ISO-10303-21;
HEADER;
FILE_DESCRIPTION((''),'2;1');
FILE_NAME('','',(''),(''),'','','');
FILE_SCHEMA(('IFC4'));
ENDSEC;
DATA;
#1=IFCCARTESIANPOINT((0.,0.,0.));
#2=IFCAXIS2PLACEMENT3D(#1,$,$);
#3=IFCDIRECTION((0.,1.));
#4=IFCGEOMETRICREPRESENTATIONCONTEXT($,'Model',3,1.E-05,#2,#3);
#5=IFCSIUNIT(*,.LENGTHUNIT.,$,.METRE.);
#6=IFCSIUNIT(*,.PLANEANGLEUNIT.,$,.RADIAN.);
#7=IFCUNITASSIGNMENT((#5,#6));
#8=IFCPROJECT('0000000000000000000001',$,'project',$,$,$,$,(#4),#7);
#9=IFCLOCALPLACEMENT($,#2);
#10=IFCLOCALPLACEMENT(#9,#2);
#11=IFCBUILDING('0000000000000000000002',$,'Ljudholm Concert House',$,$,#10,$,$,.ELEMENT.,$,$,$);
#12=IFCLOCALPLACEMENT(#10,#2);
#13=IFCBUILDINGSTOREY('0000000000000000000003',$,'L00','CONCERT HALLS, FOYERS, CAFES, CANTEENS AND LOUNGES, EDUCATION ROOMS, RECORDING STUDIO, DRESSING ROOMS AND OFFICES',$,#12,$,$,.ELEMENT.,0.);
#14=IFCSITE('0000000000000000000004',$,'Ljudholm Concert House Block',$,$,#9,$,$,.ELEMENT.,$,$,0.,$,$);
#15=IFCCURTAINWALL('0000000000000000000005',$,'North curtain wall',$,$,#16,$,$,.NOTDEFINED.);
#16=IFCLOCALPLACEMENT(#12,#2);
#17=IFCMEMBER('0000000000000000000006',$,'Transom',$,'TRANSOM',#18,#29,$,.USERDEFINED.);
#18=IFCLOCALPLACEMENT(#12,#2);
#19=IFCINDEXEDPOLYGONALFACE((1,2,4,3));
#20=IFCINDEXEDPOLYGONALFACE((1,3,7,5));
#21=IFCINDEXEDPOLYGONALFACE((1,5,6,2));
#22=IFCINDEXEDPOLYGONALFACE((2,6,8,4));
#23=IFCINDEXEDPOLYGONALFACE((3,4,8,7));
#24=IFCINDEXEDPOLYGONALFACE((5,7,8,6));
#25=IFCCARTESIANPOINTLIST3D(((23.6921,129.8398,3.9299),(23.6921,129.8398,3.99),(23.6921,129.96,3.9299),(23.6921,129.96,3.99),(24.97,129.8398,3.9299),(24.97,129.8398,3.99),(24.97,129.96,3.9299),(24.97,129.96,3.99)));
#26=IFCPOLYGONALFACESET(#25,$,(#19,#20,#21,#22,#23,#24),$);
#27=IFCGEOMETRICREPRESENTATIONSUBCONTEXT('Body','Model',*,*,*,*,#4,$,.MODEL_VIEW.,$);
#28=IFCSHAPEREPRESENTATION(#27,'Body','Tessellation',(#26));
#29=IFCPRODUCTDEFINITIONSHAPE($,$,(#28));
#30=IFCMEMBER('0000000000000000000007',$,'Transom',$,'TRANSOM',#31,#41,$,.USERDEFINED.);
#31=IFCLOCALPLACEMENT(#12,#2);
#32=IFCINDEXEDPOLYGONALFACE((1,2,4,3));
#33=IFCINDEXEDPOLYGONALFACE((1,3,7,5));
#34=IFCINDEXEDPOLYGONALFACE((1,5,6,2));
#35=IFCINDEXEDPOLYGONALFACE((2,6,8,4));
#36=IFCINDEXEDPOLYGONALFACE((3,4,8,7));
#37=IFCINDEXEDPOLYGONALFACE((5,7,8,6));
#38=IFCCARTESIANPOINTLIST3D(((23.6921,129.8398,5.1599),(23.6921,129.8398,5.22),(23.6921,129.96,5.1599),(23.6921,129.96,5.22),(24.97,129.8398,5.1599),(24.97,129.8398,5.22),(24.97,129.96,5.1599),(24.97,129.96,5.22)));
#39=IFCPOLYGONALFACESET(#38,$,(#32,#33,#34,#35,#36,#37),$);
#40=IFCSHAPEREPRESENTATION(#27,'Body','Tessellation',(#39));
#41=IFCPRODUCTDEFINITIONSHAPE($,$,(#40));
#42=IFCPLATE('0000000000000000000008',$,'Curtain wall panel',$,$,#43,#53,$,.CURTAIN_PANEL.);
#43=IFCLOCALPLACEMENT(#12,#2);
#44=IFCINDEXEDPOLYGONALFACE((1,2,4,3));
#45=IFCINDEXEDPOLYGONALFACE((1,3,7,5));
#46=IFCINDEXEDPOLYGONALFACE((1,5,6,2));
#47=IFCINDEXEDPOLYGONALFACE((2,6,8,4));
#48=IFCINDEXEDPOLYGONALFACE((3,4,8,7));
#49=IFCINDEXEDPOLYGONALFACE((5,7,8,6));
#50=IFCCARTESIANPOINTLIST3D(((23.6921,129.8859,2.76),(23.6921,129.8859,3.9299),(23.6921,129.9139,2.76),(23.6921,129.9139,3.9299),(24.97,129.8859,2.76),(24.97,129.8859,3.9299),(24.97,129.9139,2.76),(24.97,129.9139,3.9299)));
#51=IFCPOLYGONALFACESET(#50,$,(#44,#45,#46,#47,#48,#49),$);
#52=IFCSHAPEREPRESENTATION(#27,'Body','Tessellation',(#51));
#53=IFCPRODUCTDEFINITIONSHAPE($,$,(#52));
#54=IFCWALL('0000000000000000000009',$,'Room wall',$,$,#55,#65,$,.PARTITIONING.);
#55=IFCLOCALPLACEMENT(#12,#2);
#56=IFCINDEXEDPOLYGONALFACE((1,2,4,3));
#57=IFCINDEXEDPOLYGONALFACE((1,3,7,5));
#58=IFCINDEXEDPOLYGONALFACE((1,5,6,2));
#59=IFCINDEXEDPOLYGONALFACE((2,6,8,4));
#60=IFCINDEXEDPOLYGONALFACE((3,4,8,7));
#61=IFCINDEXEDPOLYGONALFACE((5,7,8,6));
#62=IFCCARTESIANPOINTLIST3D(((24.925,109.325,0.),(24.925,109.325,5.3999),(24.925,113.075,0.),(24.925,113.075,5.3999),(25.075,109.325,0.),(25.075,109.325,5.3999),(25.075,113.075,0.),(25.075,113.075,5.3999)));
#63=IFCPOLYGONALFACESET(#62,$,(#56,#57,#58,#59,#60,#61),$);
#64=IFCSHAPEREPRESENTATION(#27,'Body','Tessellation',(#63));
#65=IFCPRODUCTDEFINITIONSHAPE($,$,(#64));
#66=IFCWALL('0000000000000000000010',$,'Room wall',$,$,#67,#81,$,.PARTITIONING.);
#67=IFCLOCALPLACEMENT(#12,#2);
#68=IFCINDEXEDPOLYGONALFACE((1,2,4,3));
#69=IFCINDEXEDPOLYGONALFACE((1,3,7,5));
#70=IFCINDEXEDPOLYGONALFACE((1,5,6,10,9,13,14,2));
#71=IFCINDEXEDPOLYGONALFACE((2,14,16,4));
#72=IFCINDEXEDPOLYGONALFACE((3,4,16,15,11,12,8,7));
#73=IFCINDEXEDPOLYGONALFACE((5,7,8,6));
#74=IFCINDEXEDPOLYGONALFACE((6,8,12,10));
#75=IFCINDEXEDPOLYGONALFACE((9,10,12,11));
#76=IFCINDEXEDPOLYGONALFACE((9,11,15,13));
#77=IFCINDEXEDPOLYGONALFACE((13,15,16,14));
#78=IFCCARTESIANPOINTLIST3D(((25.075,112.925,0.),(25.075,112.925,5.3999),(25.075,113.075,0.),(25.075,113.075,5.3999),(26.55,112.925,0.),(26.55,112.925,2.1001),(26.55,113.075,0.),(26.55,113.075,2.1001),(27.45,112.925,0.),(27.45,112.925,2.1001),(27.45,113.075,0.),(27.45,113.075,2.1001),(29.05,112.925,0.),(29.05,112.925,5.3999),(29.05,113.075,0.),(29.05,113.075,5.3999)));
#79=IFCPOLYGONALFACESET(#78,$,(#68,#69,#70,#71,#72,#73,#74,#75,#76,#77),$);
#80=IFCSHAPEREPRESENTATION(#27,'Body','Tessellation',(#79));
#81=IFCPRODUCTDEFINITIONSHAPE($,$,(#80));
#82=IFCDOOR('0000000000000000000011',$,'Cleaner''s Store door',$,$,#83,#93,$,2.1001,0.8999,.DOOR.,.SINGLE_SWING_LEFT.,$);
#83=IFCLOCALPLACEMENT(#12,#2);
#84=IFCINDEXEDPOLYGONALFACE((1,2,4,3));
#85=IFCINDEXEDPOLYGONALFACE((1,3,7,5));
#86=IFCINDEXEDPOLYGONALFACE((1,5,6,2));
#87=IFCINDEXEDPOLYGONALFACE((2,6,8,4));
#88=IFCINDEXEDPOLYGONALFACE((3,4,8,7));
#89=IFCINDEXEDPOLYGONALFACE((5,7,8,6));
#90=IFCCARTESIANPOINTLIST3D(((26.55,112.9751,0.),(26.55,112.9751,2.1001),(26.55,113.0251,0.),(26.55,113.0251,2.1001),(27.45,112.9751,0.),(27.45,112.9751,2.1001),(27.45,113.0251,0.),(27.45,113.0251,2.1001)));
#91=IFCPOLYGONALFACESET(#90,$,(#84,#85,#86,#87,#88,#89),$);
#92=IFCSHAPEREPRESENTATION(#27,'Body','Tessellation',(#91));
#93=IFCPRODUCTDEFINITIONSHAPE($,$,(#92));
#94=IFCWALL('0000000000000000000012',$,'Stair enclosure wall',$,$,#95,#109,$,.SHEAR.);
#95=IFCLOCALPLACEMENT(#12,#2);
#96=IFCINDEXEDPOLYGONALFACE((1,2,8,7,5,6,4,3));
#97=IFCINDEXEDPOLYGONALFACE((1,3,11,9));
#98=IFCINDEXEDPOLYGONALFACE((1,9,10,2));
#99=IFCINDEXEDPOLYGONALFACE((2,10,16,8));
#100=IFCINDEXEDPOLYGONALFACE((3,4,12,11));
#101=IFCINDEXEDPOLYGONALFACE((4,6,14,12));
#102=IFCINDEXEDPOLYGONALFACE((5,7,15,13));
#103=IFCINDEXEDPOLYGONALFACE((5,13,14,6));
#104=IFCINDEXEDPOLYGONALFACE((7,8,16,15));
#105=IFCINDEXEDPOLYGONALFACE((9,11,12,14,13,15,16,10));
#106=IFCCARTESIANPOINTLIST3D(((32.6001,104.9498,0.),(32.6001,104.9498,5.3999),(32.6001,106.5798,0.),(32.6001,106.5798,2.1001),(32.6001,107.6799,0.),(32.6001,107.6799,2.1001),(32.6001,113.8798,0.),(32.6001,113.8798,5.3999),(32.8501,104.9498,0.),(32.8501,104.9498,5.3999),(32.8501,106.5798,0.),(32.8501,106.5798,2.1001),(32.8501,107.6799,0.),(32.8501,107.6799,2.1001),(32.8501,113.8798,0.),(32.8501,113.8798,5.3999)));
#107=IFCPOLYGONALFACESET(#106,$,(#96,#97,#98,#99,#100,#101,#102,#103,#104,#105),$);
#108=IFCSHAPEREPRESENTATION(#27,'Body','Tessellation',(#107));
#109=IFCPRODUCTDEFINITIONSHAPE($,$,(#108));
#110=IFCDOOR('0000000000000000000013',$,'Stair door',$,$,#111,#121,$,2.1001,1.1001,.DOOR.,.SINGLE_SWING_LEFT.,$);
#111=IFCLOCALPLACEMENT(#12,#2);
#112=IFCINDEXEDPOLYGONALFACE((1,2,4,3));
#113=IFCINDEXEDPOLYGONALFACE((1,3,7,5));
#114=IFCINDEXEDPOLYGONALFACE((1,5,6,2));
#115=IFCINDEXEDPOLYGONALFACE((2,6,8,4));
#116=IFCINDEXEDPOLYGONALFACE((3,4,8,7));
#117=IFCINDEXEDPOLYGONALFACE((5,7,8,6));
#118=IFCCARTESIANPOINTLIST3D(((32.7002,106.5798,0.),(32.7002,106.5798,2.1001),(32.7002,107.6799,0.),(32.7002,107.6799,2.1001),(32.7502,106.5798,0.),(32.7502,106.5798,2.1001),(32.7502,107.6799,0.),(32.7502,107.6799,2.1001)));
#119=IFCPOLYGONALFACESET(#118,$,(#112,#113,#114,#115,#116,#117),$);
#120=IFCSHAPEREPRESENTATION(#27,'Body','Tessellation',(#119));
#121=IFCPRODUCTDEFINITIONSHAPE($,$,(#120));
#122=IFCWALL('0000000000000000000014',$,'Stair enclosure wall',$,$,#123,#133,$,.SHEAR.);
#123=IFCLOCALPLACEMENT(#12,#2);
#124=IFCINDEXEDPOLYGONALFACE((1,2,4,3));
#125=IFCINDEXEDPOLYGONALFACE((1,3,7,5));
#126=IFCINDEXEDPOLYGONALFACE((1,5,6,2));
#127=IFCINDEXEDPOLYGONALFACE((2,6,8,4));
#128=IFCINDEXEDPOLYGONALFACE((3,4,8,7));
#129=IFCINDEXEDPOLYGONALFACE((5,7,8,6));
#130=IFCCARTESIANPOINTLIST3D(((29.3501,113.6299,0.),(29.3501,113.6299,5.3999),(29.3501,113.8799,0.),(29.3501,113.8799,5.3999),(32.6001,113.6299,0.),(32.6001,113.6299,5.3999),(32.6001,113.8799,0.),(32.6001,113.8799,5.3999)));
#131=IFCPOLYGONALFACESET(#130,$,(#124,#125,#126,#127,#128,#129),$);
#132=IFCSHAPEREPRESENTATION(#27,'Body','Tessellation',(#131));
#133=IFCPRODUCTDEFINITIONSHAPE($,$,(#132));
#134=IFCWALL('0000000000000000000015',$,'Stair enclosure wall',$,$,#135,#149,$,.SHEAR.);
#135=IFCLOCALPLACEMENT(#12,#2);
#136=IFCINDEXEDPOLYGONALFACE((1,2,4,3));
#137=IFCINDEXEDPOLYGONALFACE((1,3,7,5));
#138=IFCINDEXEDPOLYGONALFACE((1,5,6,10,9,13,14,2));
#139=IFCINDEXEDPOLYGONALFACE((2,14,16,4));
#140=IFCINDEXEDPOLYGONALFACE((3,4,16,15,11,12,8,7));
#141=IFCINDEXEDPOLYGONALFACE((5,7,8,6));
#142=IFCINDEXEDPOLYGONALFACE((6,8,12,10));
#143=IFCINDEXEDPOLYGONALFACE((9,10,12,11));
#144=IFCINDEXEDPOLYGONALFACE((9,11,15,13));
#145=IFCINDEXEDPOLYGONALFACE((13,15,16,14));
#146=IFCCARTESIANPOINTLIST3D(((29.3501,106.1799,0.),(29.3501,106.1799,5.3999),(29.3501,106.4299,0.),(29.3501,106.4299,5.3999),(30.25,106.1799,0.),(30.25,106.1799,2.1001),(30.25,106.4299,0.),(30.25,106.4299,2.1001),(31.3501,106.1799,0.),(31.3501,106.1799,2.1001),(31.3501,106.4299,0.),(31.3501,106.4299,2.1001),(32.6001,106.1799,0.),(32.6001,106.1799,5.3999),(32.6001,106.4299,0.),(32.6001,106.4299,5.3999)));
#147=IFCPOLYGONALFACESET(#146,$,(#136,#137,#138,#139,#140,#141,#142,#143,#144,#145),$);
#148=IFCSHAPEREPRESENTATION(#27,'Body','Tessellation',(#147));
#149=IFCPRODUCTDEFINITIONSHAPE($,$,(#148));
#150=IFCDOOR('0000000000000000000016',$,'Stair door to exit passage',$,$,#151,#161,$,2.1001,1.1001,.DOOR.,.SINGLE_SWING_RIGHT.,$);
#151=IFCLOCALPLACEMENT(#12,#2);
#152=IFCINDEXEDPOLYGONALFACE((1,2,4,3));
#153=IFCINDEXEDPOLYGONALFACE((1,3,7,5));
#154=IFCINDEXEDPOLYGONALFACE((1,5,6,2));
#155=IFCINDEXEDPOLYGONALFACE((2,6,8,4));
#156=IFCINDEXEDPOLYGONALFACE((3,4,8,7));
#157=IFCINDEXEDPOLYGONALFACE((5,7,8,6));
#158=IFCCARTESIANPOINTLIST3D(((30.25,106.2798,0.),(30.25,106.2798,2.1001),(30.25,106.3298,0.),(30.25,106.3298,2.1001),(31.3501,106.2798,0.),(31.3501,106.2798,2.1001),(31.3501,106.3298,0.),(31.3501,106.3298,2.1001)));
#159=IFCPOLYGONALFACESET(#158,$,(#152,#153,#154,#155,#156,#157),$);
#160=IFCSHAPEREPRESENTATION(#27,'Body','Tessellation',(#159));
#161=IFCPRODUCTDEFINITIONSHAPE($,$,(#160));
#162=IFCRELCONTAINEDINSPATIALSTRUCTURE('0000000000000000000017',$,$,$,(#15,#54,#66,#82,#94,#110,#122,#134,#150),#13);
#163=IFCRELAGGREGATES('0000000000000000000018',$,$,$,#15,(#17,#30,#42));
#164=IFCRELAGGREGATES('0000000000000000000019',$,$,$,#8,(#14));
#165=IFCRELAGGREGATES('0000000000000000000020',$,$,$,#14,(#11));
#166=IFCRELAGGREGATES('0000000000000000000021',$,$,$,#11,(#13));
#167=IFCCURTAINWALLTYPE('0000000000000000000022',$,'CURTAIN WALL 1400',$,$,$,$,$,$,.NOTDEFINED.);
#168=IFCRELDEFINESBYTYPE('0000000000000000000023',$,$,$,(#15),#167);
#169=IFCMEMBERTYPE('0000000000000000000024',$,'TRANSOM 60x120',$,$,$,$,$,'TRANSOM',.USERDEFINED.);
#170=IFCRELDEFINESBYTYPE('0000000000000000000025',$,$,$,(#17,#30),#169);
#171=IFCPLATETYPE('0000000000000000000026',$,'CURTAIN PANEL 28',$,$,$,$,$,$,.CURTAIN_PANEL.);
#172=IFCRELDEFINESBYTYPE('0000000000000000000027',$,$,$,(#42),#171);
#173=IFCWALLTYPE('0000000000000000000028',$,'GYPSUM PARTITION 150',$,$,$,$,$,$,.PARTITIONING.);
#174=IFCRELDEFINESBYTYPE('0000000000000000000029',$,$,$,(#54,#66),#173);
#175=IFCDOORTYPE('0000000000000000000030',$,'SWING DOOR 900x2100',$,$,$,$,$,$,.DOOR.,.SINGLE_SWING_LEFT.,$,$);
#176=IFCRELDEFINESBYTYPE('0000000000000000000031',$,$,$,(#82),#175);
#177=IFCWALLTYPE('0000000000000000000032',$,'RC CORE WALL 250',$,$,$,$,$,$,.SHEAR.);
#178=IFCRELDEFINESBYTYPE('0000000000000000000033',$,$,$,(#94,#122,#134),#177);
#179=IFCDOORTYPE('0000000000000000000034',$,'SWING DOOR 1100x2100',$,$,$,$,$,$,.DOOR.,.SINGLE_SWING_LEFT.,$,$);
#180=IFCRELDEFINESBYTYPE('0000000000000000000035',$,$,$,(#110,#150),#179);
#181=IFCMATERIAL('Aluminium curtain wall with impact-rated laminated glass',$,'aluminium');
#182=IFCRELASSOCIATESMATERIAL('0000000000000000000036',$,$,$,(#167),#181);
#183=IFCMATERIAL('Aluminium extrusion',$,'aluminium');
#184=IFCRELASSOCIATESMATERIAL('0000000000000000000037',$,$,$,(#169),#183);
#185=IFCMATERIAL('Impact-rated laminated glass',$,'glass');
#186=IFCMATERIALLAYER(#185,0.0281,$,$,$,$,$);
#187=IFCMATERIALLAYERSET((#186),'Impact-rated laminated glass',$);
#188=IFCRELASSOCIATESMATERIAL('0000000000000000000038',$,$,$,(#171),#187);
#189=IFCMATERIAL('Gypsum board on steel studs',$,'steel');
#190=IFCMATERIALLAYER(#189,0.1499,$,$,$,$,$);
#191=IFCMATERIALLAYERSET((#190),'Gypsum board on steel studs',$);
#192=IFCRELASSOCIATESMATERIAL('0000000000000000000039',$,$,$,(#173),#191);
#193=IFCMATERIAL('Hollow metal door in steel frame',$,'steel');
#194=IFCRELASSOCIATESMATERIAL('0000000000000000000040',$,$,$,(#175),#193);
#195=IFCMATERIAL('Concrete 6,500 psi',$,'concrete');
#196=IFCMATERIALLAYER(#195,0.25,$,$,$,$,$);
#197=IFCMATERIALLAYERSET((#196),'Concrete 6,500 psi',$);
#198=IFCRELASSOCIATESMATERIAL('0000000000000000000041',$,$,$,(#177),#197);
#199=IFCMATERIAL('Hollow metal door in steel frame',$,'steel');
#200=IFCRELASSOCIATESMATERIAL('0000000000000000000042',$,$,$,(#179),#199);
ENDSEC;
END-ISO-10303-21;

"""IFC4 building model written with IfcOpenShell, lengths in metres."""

from ifc_helpers import new_model, si_unit, direction, frame, frame_2d, origin, origin_2d, place, context, subcontext, project, spatial, rectangle, extrude, material, layer, layer_set, material_profile, profile_set, type_object, element, fill, aggregate, save


model = new_model("IFC4")

# Units and contexts
model_context = context("Model", 3, precision=1e-05, world=origin(), true_north=direction((0.0, 1.0)))
body_context = subcontext(model_context, "Body", "Model", "MODEL_VIEW")
ifc_project = project(units=[si_unit("LENGTHUNIT", "METRE"), si_unit("PLANEANGLEUNIT", "RADIAN")], contexts=[model_context])

# Site, building, storey
site_placement = place(None, origin())
site = spatial("IfcSite", under=ifc_project, at=site_placement, Name="Ljudholm Concert House Block", CompositionType="ELEMENT", RefElevation=0.0)
building_placement = place(site_placement, origin())
building = spatial("IfcBuilding", under=site, at=building_placement, Name="Ljudholm Concert House", CompositionType="ELEMENT")
storey_placement = place(building_placement, origin())
storey = spatial("IfcBuildingStorey", under=building, at=storey_placement, Name="L00", Description="CONCERT HALLS, FOYERS, CAFES, CANTEENS AND LOUNGES, EDUCATION ROOMS, RECORDING STUDIO, DRESSING ROOMS AND OFFICES", CompositionType="ELEMENT", Elevation=0.0)

# Curtain wall, members, plate
ifc_material_1 = material(Name="Aluminium curtain wall with impact-rated laminated glass", Category="aluminium")
curtain_wall_type = type_object("IfcCurtainWallType", Name="CURTAIN WALL 1400", PredefinedType="NOTDEFINED", material=ifc_material_1)
curtain_wall_placement = place(storey_placement, origin())
curtain_wall = element("IfcCurtainWall", 1, at=curtain_wall_placement, inside=storey, type_object=curtain_wall_type, Name="North curtain wall", PredefinedType="NOTDEFINED")
ifc_material_2 = material(Name="Aluminium extrusion", Category="aluminium")
ifc_material_profile_1 = material_profile(ifc_material_2, rectangle(XDim=0.1201, YDim=0.0601, at=origin_2d()), Name="TRANSOM 60x120")
ifc_profile_set_1 = profile_set([ifc_material_profile_1], Name="Aluminium extrusion")
member_type = type_object("IfcMemberType", Name="TRANSOM 60x120", ElementType="TRANSOM", PredefinedType="USERDEFINED", material=ifc_profile_set_1)
member_1_placement = place(storey_placement, frame((23.6921, 129.8999, 3.96), z_axis=(1.0, 0.0, 0.0), x_axis=(0.0, 1.0, 0.0)))
member_1 = element("IfcMember", 2, at=member_1_placement, type_object=member_type, Name="Transom", ObjectType="TRANSOM", PredefinedType="USERDEFINED", context=body_context, shape_type="SweptSolid", body=[
    extrude(rectangle(XDim=0.1201, YDim=0.0601, at=origin_2d()), origin(), (0.0, 0.0, 1.0), 1.2778),
])
member_2_placement = place(storey_placement, frame((23.6921, 129.8999, 5.1899), z_axis=(1.0, 0.0, 0.0), x_axis=(0.0, 1.0, 0.0)))
member_2 = element("IfcMember", 3, at=member_2_placement, type_object=member_type, Name="Transom", ObjectType="TRANSOM", PredefinedType="USERDEFINED", context=body_context, shape_type="SweptSolid", body=[
    extrude(rectangle(XDim=0.1201, YDim=0.0601, at=origin_2d()), origin(), (0.0, 0.0, 1.0), 1.2778),
])
ifc_material_3 = material(Name="Impact-rated laminated glass", Category="glass")
ifc_layer_1 = layer(ifc_material_3, 0.0281)
ifc_layer_set_1 = layer_set([ifc_layer_1], Name="Impact-rated laminated glass")
plate_type = type_object("IfcPlateType", Name="CURTAIN PANEL 28", PredefinedType="CURTAIN_PANEL", material=ifc_layer_set_1)
plate_placement = place(storey_placement, frame((24.3311, 129.8999, 2.76), z_axis=(0.0, 0.0, 1.0), x_axis=(1.0, 0.0, 0.0)))
plate = element("IfcPlate", 4, at=plate_placement, type_object=plate_type, Name="Curtain wall panel", PredefinedType="CURTAIN_PANEL", context=body_context, shape_type="SweptSolid", body=[
    extrude(rectangle(XDim=1.2778, YDim=0.0281, at=origin_2d()), origin(), (0.0, 0.0, 1.0), 1.1699),
])
aggregate(curtain_wall, [member_1, member_2, plate])

# Wall
ifc_material_4 = material(Name="Gypsum board on steel studs", Category="steel")
ifc_layer_2 = layer(ifc_material_4, 0.1499)
ifc_layer_set_2 = layer_set([ifc_layer_2], Name="Gypsum board on steel studs")
wall_type_1 = type_object("IfcWallType", Name="GYPSUM PARTITION 150", PredefinedType="PARTITIONING", material=ifc_layer_set_2)
wall_1_placement = place(storey_placement, frame((25.0, 109.325, 0.0), z_axis=(0.0, 0.0, 1.0), x_axis=(0.0, 1.0, 0.0)))
element("IfcWall", 5, at=wall_1_placement, inside=storey, type_object=wall_type_1, Name="Room wall", PredefinedType="PARTITIONING", context=body_context, shape_type="SweptSolid", body=[
    extrude(rectangle(XDim=3.75, YDim=0.1499, at=frame_2d((1.875, 0.0))), origin(), (0.0, 0.0, 1.0), 5.3999),
])

# Walls, openings, doors
wall_2_placement = place(storey_placement, frame((25.075, 113.0, 0.0), z_axis=(0.0, 0.0, 1.0), x_axis=(1.0, 0.0, 0.0)))
wall_2 = element("IfcWall", 6, at=wall_2_placement, inside=storey, type_object=wall_type_1, Name="Room wall", PredefinedType="PARTITIONING", context=body_context, shape_type="SweptSolid", body=[
    extrude(rectangle(XDim=3.9751, YDim=0.1499, at=frame_2d((1.9875, 0.0))), origin(), (0.0, 0.0, 1.0), 5.3999),
])
opening_1_placement = place(wall_2_placement, frame((1.4751, 0.0, 0.0)))
opening_1 = element("IfcOpeningElement", 7, at=opening_1_placement, cuts=wall_2, PredefinedType="OPENING", context=body_context, shape_type="SweptSolid", body=[
    extrude(rectangle(XDim=0.8999, YDim=2.1001, at=frame_2d((0.45, 1.05))), frame((0.0, 0.085, 0.0), z_axis=(0.0, -1.0, 0.0), x_axis=(1.0, 0.0, 0.0)), (0.0, 0.0, 1.0), 0.1699),
])
ifc_material_5 = material(Name="Hollow metal door in steel frame", Category="steel")
door_type_1 = type_object("IfcDoorType", Name="SWING DOOR 900x2100", OperationType="SINGLE_SWING_LEFT", PredefinedType="DOOR", material=ifc_material_5)
door_1_placement = place(opening_1_placement, frame((0.8999, 0.0, 0.0), z_axis=(0.0, 0.0, 1.0), x_axis=(-1.0, 0.0, 0.0)))
door_1 = element("IfcDoor", 8, at=door_1_placement, inside=storey, type_object=door_type_1, Name="Cleaner's Store door", OperationType="SINGLE_SWING_LEFT", OverallHeight=2.1001, OverallWidth=0.8999, PredefinedType="DOOR", context=body_context, shape_type="SweptSolid", body=[
    extrude(rectangle(XDim=0.8999, YDim=2.1001, at=frame_2d((0.45, 1.05))), frame((0.0, 0.0249, 0.0), z_axis=(0.0, -1.0, 0.0), x_axis=(1.0, 0.0, 0.0)), (0.0, 0.0, 1.0), 0.05),
])
fill(opening_1, door_1)
ifc_material_6 = material(Name="Concrete 6,500 psi", Category="concrete")
ifc_layer_3 = layer(ifc_material_6, 0.25)
ifc_layer_set_3 = layer_set([ifc_layer_3], Name="Concrete 6,500 psi")
wall_type_2 = type_object("IfcWallType", Name="RC CORE WALL 250", PredefinedType="SHEAR", material=ifc_layer_set_3)
wall_3_placement = place(storey_placement, frame((32.7251, 104.95, 0.0), z_axis=(0.0, 0.0, 1.0), x_axis=(0.0, 1.0, 0.0)))
wall_3 = element("IfcWall", 9, at=wall_3_placement, inside=storey, type_object=wall_type_2, Name="Stair enclosure wall", PredefinedType="SHEAR", context=body_context, shape_type="SweptSolid", body=[
    extrude(rectangle(XDim=8.9299, YDim=0.25, at=frame_2d((4.4648, 0.0))), origin(), (0.0, 0.0, 1.0), 5.3999),
])
opening_2_placement = place(wall_3_placement, frame((1.6299, 0.0, 0.0)))
opening_2 = element("IfcOpeningElement", 10, at=opening_2_placement, cuts=wall_3, PredefinedType="OPENING", context=body_context, shape_type="SweptSolid", body=[
    extrude(rectangle(XDim=1.1001, YDim=2.1001, at=frame_2d((0.55, 1.05))), frame((0.0, 0.135, 0.0), z_axis=(0.0, -1.0, 0.0), x_axis=(1.0, 0.0, 0.0)), (0.0, 0.0, 1.0), 0.27),
])
ifc_material_7 = material(Name="Hollow metal door in steel frame", Category="steel")
door_type_2 = type_object("IfcDoorType", Name="SWING DOOR 1100x2100", OperationType="SINGLE_SWING_LEFT", PredefinedType="DOOR", material=ifc_material_7)
door_2_placement = place(opening_2_placement, origin())
door_2 = element("IfcDoor", 11, at=door_2_placement, inside=storey, type_object=door_type_2, Name="Stair door", OperationType="SINGLE_SWING_LEFT", OverallHeight=2.1001, OverallWidth=1.1001, PredefinedType="DOOR", context=body_context, shape_type="SweptSolid", body=[
    extrude(rectangle(XDim=1.1001, YDim=2.1001, at=frame_2d((0.55, 1.05))), frame((0.0, 0.0249, 0.0), z_axis=(0.0, -1.0, 0.0), x_axis=(1.0, 0.0, 0.0)), (0.0, 0.0, 1.0), 0.05),
])
fill(opening_2, door_2)

# Wall
wall_4_placement = place(storey_placement, frame((29.3501, 113.7549, 0.0), z_axis=(0.0, 0.0, 1.0), x_axis=(1.0, 0.0, 0.0)))
element("IfcWall", 12, at=wall_4_placement, inside=storey, type_object=wall_type_2, Name="Stair enclosure wall", PredefinedType="SHEAR", context=body_context, shape_type="SweptSolid", body=[
    extrude(rectangle(XDim=3.25, YDim=0.25, at=frame_2d((1.625, 0.0))), origin(), (0.0, 0.0, 1.0), 5.3999),
])

# Wall, opening, door
wall_5_placement = place(storey_placement, frame((29.3501, 106.3049, 0.0), z_axis=(0.0, 0.0, 1.0), x_axis=(1.0, 0.0, 0.0)))
wall_5 = element("IfcWall", 13, at=wall_5_placement, inside=storey, type_object=wall_type_2, Name="Stair enclosure wall", PredefinedType="SHEAR", context=body_context, shape_type="SweptSolid", body=[
    extrude(rectangle(XDim=3.25, YDim=0.25, at=frame_2d((1.625, 0.0))), origin(), (0.0, 0.0, 1.0), 5.3999),
])
opening_3_placement = place(wall_5_placement, frame((0.8999, 0.0, 0.0)))
opening_3 = element("IfcOpeningElement", 14, at=opening_3_placement, cuts=wall_5, PredefinedType="OPENING", context=body_context, shape_type="SweptSolid", body=[
    extrude(rectangle(XDim=1.1001, YDim=2.1001, at=frame_2d((0.55, 1.05))), frame((0.0, 0.135, 0.0), z_axis=(0.0, -1.0, 0.0), x_axis=(1.0, 0.0, 0.0)), (0.0, 0.0, 1.0), 0.27),
])
door_3_placement = place(opening_3_placement, origin())
door_3 = element("IfcDoor", 15, at=door_3_placement, inside=storey, type_object=door_type_2, Name="Stair door to exit passage", OperationType="SINGLE_SWING_RIGHT", OverallHeight=2.1001, OverallWidth=1.1001, PredefinedType="DOOR", context=body_context, shape_type="SweptSolid", body=[
    extrude(rectangle(XDim=1.1001, YDim=2.1001, at=frame_2d((0.55, 1.05))), frame((0.0, 0.0249, 0.0), z_axis=(0.0, -1.0, 0.0), x_axis=(1.0, 0.0, 0.0)), (0.0, 0.0, 1.0), 0.05),
])
fill(opening_3, door_3)

save(model, "model.ifc")
